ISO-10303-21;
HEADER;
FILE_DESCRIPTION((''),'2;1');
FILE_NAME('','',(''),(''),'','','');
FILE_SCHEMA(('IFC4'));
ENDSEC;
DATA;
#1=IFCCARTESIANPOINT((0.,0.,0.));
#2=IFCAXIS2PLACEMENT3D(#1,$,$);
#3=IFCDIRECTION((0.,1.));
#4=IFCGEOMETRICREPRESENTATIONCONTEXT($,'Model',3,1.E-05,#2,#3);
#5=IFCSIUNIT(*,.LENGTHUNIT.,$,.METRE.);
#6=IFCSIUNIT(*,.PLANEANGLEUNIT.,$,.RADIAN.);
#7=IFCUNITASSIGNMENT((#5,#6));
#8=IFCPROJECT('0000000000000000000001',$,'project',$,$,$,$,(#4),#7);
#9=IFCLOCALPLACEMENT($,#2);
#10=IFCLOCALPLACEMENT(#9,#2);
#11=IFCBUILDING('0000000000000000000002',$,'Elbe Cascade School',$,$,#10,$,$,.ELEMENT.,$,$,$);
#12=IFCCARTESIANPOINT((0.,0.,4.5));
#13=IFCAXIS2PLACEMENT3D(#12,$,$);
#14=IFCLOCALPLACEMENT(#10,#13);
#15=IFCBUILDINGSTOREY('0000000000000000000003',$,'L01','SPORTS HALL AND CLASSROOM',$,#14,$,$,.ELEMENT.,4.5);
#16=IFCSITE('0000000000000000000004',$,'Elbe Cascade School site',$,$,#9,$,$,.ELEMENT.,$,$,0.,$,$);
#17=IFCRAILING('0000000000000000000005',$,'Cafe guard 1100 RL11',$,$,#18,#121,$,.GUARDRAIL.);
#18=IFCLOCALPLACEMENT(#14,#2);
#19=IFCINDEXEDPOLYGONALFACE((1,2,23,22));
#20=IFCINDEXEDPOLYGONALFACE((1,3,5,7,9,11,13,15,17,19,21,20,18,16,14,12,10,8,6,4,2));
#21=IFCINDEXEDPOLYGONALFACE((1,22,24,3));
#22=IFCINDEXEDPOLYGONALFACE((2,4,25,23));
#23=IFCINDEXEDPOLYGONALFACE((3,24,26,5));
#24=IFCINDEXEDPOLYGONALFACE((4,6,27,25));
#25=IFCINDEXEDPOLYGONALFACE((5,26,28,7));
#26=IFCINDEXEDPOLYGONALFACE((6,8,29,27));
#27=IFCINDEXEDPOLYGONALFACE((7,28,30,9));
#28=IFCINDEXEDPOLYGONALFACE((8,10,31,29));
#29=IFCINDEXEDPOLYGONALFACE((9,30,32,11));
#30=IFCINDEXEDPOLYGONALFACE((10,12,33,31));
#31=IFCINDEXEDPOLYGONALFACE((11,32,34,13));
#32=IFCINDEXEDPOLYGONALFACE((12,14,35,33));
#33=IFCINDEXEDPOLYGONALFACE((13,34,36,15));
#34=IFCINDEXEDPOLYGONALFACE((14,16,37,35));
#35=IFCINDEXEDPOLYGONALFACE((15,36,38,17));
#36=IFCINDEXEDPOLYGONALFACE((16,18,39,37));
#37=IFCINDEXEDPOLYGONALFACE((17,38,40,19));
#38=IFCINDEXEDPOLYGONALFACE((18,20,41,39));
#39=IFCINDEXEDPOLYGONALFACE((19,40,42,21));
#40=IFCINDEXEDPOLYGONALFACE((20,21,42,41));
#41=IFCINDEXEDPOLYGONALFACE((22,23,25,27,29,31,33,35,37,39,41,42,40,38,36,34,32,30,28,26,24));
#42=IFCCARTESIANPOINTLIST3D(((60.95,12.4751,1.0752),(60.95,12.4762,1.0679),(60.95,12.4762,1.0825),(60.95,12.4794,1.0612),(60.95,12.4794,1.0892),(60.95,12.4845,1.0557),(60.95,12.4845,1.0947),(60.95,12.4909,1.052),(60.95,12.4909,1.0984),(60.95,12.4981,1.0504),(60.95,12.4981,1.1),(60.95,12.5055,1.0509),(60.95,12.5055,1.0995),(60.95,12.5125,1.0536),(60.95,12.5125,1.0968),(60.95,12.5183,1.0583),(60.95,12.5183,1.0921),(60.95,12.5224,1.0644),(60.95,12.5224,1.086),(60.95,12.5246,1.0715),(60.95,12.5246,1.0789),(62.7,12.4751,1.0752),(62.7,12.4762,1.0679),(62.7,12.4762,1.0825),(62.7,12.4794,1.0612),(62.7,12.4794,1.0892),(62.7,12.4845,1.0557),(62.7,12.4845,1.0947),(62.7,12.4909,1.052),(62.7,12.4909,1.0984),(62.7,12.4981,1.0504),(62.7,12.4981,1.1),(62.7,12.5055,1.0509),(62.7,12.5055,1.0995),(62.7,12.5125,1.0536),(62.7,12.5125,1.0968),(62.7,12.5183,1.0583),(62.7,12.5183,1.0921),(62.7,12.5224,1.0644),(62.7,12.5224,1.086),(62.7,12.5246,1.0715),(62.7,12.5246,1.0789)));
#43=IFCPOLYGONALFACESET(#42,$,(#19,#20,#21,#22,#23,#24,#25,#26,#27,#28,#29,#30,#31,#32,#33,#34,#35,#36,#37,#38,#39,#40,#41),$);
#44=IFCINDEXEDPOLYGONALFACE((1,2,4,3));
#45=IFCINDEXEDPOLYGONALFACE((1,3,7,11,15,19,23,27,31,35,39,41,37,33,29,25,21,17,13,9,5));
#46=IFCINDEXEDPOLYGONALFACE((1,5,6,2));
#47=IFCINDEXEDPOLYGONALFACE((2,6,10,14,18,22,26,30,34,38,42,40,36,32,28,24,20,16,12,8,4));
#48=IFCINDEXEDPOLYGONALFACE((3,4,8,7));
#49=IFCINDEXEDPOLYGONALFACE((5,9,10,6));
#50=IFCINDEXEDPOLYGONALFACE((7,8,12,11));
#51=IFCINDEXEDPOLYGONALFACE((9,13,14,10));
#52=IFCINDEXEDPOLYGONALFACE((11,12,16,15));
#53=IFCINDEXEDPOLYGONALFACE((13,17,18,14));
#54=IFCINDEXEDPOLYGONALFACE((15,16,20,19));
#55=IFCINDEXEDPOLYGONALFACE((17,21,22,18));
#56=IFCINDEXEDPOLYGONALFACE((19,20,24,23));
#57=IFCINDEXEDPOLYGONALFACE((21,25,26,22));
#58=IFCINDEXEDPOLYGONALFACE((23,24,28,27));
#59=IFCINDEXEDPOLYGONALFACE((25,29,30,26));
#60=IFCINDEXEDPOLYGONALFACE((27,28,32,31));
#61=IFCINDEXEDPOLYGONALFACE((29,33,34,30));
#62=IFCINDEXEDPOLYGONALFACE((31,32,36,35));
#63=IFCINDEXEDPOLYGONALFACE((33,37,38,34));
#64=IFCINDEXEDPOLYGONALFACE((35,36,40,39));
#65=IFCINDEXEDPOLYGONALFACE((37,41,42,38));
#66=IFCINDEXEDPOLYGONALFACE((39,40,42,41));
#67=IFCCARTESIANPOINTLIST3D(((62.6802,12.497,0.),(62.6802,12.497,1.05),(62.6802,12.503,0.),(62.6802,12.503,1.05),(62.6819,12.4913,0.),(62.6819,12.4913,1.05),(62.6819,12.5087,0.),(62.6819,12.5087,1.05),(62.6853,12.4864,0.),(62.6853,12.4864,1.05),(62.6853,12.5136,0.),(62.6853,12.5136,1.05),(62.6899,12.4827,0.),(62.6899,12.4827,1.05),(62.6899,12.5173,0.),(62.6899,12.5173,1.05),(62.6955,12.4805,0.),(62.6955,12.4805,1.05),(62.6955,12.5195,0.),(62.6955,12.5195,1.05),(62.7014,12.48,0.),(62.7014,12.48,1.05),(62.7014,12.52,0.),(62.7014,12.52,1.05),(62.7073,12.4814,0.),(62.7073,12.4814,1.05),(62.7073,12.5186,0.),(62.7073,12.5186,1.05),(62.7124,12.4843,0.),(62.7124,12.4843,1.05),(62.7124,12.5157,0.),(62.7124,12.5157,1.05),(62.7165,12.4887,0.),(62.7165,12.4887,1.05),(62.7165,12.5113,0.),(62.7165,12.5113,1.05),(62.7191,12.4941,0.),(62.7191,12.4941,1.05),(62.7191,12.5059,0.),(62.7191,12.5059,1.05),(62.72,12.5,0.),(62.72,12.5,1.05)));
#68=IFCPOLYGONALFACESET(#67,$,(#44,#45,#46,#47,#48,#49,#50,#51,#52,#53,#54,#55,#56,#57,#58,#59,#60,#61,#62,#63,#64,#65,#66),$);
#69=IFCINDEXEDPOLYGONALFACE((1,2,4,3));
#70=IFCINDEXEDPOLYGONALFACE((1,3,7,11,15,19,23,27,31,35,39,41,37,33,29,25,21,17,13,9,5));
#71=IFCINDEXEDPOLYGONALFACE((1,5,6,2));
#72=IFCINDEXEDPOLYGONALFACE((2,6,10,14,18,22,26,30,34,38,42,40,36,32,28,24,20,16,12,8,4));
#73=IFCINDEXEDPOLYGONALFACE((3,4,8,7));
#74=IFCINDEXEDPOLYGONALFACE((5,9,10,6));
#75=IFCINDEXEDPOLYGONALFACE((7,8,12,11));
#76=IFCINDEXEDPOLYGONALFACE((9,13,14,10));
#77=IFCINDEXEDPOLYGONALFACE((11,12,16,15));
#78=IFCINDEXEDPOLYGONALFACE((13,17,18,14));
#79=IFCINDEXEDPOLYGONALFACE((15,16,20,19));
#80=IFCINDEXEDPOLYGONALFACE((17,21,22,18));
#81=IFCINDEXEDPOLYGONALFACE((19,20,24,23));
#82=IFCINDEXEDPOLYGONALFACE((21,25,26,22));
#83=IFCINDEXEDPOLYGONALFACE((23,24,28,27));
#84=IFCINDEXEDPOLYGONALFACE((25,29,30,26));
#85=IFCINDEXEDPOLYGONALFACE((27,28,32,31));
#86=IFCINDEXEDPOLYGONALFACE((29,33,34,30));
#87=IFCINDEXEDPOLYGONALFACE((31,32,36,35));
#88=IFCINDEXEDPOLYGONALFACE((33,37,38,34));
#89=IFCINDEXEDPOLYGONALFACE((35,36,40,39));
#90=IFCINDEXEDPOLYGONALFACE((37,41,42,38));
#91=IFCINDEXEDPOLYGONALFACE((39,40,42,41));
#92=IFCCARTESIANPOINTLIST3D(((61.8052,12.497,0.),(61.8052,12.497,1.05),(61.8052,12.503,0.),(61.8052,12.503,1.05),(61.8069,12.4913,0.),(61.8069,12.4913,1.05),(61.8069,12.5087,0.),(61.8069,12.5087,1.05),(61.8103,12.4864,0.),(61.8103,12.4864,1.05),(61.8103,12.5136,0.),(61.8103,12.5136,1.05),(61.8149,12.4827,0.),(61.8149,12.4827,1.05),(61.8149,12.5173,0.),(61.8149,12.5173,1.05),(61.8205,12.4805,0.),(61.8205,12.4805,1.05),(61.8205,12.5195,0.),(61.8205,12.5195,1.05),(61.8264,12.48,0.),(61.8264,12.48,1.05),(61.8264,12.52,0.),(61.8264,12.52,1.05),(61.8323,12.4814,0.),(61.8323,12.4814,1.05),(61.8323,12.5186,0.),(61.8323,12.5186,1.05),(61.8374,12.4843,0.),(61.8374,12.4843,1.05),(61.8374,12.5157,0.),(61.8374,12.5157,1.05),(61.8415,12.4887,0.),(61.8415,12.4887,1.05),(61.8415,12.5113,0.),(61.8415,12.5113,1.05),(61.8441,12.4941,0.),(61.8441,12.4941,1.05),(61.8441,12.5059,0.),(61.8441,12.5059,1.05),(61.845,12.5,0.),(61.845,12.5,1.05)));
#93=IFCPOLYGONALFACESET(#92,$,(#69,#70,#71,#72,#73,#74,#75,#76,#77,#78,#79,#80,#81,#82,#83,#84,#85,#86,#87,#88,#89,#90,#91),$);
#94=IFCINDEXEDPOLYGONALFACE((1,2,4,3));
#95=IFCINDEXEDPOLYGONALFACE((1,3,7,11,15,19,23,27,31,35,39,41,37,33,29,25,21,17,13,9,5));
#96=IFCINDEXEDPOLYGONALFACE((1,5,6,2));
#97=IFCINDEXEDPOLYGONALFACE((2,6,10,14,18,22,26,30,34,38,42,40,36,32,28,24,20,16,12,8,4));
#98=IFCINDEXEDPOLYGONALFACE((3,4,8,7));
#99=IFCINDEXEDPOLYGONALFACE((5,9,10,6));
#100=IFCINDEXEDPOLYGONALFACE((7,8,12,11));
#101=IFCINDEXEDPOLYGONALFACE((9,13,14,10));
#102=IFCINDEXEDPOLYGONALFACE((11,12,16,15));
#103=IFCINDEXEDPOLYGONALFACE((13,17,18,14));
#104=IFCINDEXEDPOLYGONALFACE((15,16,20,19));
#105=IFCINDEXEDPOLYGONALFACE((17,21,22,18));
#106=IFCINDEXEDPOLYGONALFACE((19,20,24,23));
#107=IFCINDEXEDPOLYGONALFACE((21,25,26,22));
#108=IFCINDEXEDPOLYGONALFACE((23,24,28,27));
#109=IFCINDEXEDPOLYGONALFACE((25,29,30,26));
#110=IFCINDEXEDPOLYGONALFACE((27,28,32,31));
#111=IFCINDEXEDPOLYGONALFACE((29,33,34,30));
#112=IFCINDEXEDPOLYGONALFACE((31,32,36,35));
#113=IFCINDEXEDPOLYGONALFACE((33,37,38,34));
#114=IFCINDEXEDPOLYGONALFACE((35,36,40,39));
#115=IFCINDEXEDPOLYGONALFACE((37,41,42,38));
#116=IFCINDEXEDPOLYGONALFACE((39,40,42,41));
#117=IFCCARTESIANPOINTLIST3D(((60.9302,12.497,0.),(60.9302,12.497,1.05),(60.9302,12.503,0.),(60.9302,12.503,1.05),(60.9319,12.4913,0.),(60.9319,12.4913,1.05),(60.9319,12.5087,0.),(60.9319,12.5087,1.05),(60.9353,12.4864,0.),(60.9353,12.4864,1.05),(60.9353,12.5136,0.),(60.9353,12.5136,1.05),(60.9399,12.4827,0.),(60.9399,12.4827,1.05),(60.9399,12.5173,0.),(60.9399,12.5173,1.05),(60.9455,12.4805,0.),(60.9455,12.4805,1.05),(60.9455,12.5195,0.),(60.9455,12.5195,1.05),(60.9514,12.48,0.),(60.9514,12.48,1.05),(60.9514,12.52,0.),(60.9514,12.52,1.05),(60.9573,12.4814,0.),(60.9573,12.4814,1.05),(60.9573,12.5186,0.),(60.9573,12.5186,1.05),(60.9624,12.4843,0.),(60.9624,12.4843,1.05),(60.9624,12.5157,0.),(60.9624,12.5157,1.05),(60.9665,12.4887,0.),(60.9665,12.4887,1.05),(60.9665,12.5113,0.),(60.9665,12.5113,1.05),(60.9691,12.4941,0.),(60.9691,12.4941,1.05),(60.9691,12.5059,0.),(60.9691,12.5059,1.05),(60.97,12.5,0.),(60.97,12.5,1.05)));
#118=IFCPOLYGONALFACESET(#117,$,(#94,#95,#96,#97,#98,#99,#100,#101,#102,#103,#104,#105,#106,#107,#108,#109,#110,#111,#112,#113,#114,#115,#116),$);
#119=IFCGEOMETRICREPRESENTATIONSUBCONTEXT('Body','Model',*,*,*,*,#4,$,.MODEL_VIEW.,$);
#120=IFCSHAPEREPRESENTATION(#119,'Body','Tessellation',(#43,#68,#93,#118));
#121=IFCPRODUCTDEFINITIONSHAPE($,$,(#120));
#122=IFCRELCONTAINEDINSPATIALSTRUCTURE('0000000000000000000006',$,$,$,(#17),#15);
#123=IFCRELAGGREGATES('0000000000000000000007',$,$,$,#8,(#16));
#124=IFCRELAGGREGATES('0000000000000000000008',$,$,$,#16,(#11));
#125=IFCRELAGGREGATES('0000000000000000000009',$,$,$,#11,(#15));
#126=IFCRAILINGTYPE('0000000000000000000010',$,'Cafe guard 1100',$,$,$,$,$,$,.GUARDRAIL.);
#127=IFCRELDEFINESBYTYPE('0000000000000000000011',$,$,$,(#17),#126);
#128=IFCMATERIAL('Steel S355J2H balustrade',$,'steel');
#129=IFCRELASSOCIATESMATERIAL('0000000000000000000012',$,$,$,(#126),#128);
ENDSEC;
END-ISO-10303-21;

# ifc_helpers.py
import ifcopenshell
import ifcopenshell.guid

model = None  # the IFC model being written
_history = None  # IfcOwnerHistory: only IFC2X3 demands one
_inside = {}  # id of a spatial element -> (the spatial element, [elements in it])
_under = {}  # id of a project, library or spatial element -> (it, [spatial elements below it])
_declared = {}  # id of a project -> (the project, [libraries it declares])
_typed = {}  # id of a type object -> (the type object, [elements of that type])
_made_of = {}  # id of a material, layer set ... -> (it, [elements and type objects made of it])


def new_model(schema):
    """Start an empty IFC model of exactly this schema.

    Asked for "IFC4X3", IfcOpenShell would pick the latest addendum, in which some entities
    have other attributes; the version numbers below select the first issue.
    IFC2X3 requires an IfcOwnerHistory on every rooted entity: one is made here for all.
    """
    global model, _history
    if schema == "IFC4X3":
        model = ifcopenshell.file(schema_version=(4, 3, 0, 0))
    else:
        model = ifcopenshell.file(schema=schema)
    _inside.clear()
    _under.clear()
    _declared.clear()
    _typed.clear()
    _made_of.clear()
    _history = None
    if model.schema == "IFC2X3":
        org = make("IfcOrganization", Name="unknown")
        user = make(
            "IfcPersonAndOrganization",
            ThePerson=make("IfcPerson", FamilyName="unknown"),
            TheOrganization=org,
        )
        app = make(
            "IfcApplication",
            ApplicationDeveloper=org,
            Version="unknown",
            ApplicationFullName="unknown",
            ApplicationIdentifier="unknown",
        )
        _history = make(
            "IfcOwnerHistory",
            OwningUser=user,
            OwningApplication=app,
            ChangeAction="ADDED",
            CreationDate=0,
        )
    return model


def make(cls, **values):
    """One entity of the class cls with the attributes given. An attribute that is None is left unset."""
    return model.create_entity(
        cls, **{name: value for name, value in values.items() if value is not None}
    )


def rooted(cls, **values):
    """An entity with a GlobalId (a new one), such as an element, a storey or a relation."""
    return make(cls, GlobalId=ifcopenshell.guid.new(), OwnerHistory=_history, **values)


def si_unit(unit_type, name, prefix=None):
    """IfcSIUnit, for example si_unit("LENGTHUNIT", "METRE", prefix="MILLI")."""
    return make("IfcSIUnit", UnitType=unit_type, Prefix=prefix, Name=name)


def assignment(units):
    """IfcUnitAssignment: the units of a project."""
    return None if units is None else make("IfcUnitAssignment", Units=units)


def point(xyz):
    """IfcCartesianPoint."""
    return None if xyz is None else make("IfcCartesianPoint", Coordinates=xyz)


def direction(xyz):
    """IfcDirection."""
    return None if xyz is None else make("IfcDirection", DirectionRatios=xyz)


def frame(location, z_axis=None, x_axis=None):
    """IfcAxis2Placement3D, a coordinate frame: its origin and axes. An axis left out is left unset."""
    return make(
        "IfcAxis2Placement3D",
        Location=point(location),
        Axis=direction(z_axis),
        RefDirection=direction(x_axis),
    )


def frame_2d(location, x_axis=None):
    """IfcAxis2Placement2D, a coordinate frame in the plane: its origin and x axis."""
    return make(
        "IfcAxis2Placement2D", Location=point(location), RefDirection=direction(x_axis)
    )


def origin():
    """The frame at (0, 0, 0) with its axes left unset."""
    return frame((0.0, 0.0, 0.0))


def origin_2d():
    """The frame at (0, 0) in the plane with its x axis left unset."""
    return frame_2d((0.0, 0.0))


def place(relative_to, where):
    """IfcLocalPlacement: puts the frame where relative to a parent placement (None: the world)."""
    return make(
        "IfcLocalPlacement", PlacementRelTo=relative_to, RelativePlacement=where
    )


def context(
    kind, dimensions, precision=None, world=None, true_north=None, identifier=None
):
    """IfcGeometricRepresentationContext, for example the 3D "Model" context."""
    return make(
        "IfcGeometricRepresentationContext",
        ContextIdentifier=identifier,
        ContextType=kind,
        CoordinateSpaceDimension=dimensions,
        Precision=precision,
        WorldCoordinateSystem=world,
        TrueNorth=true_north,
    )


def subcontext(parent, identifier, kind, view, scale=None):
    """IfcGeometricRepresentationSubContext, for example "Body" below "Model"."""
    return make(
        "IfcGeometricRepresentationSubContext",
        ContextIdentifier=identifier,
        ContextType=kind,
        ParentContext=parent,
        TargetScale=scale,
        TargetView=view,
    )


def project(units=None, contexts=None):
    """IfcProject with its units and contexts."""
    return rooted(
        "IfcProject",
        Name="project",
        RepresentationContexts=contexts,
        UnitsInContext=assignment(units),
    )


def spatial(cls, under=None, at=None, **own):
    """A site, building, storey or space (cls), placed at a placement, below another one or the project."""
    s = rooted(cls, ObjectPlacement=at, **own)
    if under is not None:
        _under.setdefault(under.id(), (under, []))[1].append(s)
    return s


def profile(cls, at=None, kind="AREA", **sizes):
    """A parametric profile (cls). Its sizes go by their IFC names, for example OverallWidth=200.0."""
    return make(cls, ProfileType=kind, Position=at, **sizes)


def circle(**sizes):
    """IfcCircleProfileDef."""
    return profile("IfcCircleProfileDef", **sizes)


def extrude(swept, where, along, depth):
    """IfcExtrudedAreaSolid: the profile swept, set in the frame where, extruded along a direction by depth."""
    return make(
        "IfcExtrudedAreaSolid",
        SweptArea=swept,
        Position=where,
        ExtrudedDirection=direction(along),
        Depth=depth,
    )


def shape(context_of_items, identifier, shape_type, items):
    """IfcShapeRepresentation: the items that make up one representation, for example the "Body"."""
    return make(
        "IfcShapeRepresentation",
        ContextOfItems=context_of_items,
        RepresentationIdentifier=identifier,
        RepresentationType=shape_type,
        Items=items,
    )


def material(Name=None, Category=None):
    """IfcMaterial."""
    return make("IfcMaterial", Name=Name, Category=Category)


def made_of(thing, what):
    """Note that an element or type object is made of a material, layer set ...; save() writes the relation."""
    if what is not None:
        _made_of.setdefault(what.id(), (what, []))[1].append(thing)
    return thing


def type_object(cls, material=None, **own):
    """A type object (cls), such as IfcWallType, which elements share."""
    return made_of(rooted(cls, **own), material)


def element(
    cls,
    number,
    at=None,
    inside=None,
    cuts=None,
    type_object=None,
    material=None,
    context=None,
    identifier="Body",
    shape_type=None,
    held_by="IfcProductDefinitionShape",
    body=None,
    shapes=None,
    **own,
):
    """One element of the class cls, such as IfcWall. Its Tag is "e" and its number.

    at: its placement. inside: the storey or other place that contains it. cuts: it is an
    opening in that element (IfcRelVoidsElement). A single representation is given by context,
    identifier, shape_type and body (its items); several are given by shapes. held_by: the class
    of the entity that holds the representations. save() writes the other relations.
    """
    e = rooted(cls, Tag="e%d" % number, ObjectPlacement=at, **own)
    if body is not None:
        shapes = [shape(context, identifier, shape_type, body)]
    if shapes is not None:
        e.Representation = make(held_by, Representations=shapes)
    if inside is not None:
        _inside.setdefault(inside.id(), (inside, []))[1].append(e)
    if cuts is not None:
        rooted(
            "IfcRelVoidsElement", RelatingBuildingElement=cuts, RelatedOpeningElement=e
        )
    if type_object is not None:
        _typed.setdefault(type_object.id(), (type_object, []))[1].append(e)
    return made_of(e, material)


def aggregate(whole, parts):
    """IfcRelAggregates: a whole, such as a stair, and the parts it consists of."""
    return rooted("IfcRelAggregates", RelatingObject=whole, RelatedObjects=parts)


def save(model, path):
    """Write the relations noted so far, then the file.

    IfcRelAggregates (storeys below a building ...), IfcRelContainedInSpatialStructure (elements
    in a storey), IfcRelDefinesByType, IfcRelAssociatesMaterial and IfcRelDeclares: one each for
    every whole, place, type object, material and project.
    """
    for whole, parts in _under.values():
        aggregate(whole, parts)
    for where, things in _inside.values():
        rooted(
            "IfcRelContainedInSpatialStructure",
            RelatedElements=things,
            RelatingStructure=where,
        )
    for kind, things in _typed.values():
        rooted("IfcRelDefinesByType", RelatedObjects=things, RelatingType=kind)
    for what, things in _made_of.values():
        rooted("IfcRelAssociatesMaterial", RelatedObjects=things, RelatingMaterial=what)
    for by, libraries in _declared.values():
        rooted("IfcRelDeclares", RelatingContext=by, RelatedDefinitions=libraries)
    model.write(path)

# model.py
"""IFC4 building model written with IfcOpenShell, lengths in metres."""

from ifc_helpers import new_model, si_unit, direction, frame, origin, origin_2d, place, context, subcontext, project, spatial, circle, extrude, material, type_object, element, save


model = new_model("IFC4")

# Units and contexts
model_context = context("Model", 3, precision=1e-05, world=origin(), true_north=direction((0.0, 1.0)))
body_context = subcontext(model_context, "Body", "Model", "MODEL_VIEW")
ifc_project = project(units=[si_unit("LENGTHUNIT", "METRE"), si_unit("PLANEANGLEUNIT", "RADIAN")], contexts=[model_context])

# Site, building, storey
site_placement = place(None, origin())
site = spatial("IfcSite", under=ifc_project, at=site_placement, Name="Elbe Cascade School site", CompositionType="ELEMENT", RefElevation=0.0)
building_placement = place(site_placement, origin())
building = spatial("IfcBuilding", under=site, at=building_placement, Name="Elbe Cascade School", CompositionType="ELEMENT")
storey_placement = place(building_placement, frame((0.0, 0.0, 4.5)))
storey = spatial("IfcBuildingStorey", under=building, at=storey_placement, Name="L01", Description="SPORTS HALL AND CLASSROOM", CompositionType="ELEMENT", Elevation=4.5)

# Railing
ifc_material_1 = material(Name="Steel S355J2H balustrade", Category="steel")
railing_type = type_object("IfcRailingType", Name="Cafe guard 1100", PredefinedType="GUARDRAIL", material=ifc_material_1)
railing_placement = place(storey_placement, frame((62.7, 12.5, 0.0)))
element("IfcRailing", 1, at=railing_placement, inside=storey, type_object=railing_type, Name="Cafe guard 1100 RL11", PredefinedType="GUARDRAIL", context=body_context, shape_type="SweptSolid", body=[
    extrude(circle(Radius=0.0249, at=origin_2d()), frame((0.0, 0.0, 1.0752), z_axis=(-1.0, 0.0, 0.0), x_axis=(0.0, -1.0, 0.0)), (0.0, 0.0, 1.0), 1.75),
    extrude(circle(Radius=0.02, at=origin_2d()), origin(), (0.0, 0.0, 1.0), 1.05),
    extrude(circle(Radius=0.02, at=origin_2d()), frame((-0.875, 0.0, 0.0)), (0.0, 0.0, 1.0), 1.05),
    extrude(circle(Radius=0.02, at=origin_2d()), frame((-1.75, 0.0, 0.0)), (0.0, 0.0, 1.0), 1.05),
])

save(model, "model.ifc")
